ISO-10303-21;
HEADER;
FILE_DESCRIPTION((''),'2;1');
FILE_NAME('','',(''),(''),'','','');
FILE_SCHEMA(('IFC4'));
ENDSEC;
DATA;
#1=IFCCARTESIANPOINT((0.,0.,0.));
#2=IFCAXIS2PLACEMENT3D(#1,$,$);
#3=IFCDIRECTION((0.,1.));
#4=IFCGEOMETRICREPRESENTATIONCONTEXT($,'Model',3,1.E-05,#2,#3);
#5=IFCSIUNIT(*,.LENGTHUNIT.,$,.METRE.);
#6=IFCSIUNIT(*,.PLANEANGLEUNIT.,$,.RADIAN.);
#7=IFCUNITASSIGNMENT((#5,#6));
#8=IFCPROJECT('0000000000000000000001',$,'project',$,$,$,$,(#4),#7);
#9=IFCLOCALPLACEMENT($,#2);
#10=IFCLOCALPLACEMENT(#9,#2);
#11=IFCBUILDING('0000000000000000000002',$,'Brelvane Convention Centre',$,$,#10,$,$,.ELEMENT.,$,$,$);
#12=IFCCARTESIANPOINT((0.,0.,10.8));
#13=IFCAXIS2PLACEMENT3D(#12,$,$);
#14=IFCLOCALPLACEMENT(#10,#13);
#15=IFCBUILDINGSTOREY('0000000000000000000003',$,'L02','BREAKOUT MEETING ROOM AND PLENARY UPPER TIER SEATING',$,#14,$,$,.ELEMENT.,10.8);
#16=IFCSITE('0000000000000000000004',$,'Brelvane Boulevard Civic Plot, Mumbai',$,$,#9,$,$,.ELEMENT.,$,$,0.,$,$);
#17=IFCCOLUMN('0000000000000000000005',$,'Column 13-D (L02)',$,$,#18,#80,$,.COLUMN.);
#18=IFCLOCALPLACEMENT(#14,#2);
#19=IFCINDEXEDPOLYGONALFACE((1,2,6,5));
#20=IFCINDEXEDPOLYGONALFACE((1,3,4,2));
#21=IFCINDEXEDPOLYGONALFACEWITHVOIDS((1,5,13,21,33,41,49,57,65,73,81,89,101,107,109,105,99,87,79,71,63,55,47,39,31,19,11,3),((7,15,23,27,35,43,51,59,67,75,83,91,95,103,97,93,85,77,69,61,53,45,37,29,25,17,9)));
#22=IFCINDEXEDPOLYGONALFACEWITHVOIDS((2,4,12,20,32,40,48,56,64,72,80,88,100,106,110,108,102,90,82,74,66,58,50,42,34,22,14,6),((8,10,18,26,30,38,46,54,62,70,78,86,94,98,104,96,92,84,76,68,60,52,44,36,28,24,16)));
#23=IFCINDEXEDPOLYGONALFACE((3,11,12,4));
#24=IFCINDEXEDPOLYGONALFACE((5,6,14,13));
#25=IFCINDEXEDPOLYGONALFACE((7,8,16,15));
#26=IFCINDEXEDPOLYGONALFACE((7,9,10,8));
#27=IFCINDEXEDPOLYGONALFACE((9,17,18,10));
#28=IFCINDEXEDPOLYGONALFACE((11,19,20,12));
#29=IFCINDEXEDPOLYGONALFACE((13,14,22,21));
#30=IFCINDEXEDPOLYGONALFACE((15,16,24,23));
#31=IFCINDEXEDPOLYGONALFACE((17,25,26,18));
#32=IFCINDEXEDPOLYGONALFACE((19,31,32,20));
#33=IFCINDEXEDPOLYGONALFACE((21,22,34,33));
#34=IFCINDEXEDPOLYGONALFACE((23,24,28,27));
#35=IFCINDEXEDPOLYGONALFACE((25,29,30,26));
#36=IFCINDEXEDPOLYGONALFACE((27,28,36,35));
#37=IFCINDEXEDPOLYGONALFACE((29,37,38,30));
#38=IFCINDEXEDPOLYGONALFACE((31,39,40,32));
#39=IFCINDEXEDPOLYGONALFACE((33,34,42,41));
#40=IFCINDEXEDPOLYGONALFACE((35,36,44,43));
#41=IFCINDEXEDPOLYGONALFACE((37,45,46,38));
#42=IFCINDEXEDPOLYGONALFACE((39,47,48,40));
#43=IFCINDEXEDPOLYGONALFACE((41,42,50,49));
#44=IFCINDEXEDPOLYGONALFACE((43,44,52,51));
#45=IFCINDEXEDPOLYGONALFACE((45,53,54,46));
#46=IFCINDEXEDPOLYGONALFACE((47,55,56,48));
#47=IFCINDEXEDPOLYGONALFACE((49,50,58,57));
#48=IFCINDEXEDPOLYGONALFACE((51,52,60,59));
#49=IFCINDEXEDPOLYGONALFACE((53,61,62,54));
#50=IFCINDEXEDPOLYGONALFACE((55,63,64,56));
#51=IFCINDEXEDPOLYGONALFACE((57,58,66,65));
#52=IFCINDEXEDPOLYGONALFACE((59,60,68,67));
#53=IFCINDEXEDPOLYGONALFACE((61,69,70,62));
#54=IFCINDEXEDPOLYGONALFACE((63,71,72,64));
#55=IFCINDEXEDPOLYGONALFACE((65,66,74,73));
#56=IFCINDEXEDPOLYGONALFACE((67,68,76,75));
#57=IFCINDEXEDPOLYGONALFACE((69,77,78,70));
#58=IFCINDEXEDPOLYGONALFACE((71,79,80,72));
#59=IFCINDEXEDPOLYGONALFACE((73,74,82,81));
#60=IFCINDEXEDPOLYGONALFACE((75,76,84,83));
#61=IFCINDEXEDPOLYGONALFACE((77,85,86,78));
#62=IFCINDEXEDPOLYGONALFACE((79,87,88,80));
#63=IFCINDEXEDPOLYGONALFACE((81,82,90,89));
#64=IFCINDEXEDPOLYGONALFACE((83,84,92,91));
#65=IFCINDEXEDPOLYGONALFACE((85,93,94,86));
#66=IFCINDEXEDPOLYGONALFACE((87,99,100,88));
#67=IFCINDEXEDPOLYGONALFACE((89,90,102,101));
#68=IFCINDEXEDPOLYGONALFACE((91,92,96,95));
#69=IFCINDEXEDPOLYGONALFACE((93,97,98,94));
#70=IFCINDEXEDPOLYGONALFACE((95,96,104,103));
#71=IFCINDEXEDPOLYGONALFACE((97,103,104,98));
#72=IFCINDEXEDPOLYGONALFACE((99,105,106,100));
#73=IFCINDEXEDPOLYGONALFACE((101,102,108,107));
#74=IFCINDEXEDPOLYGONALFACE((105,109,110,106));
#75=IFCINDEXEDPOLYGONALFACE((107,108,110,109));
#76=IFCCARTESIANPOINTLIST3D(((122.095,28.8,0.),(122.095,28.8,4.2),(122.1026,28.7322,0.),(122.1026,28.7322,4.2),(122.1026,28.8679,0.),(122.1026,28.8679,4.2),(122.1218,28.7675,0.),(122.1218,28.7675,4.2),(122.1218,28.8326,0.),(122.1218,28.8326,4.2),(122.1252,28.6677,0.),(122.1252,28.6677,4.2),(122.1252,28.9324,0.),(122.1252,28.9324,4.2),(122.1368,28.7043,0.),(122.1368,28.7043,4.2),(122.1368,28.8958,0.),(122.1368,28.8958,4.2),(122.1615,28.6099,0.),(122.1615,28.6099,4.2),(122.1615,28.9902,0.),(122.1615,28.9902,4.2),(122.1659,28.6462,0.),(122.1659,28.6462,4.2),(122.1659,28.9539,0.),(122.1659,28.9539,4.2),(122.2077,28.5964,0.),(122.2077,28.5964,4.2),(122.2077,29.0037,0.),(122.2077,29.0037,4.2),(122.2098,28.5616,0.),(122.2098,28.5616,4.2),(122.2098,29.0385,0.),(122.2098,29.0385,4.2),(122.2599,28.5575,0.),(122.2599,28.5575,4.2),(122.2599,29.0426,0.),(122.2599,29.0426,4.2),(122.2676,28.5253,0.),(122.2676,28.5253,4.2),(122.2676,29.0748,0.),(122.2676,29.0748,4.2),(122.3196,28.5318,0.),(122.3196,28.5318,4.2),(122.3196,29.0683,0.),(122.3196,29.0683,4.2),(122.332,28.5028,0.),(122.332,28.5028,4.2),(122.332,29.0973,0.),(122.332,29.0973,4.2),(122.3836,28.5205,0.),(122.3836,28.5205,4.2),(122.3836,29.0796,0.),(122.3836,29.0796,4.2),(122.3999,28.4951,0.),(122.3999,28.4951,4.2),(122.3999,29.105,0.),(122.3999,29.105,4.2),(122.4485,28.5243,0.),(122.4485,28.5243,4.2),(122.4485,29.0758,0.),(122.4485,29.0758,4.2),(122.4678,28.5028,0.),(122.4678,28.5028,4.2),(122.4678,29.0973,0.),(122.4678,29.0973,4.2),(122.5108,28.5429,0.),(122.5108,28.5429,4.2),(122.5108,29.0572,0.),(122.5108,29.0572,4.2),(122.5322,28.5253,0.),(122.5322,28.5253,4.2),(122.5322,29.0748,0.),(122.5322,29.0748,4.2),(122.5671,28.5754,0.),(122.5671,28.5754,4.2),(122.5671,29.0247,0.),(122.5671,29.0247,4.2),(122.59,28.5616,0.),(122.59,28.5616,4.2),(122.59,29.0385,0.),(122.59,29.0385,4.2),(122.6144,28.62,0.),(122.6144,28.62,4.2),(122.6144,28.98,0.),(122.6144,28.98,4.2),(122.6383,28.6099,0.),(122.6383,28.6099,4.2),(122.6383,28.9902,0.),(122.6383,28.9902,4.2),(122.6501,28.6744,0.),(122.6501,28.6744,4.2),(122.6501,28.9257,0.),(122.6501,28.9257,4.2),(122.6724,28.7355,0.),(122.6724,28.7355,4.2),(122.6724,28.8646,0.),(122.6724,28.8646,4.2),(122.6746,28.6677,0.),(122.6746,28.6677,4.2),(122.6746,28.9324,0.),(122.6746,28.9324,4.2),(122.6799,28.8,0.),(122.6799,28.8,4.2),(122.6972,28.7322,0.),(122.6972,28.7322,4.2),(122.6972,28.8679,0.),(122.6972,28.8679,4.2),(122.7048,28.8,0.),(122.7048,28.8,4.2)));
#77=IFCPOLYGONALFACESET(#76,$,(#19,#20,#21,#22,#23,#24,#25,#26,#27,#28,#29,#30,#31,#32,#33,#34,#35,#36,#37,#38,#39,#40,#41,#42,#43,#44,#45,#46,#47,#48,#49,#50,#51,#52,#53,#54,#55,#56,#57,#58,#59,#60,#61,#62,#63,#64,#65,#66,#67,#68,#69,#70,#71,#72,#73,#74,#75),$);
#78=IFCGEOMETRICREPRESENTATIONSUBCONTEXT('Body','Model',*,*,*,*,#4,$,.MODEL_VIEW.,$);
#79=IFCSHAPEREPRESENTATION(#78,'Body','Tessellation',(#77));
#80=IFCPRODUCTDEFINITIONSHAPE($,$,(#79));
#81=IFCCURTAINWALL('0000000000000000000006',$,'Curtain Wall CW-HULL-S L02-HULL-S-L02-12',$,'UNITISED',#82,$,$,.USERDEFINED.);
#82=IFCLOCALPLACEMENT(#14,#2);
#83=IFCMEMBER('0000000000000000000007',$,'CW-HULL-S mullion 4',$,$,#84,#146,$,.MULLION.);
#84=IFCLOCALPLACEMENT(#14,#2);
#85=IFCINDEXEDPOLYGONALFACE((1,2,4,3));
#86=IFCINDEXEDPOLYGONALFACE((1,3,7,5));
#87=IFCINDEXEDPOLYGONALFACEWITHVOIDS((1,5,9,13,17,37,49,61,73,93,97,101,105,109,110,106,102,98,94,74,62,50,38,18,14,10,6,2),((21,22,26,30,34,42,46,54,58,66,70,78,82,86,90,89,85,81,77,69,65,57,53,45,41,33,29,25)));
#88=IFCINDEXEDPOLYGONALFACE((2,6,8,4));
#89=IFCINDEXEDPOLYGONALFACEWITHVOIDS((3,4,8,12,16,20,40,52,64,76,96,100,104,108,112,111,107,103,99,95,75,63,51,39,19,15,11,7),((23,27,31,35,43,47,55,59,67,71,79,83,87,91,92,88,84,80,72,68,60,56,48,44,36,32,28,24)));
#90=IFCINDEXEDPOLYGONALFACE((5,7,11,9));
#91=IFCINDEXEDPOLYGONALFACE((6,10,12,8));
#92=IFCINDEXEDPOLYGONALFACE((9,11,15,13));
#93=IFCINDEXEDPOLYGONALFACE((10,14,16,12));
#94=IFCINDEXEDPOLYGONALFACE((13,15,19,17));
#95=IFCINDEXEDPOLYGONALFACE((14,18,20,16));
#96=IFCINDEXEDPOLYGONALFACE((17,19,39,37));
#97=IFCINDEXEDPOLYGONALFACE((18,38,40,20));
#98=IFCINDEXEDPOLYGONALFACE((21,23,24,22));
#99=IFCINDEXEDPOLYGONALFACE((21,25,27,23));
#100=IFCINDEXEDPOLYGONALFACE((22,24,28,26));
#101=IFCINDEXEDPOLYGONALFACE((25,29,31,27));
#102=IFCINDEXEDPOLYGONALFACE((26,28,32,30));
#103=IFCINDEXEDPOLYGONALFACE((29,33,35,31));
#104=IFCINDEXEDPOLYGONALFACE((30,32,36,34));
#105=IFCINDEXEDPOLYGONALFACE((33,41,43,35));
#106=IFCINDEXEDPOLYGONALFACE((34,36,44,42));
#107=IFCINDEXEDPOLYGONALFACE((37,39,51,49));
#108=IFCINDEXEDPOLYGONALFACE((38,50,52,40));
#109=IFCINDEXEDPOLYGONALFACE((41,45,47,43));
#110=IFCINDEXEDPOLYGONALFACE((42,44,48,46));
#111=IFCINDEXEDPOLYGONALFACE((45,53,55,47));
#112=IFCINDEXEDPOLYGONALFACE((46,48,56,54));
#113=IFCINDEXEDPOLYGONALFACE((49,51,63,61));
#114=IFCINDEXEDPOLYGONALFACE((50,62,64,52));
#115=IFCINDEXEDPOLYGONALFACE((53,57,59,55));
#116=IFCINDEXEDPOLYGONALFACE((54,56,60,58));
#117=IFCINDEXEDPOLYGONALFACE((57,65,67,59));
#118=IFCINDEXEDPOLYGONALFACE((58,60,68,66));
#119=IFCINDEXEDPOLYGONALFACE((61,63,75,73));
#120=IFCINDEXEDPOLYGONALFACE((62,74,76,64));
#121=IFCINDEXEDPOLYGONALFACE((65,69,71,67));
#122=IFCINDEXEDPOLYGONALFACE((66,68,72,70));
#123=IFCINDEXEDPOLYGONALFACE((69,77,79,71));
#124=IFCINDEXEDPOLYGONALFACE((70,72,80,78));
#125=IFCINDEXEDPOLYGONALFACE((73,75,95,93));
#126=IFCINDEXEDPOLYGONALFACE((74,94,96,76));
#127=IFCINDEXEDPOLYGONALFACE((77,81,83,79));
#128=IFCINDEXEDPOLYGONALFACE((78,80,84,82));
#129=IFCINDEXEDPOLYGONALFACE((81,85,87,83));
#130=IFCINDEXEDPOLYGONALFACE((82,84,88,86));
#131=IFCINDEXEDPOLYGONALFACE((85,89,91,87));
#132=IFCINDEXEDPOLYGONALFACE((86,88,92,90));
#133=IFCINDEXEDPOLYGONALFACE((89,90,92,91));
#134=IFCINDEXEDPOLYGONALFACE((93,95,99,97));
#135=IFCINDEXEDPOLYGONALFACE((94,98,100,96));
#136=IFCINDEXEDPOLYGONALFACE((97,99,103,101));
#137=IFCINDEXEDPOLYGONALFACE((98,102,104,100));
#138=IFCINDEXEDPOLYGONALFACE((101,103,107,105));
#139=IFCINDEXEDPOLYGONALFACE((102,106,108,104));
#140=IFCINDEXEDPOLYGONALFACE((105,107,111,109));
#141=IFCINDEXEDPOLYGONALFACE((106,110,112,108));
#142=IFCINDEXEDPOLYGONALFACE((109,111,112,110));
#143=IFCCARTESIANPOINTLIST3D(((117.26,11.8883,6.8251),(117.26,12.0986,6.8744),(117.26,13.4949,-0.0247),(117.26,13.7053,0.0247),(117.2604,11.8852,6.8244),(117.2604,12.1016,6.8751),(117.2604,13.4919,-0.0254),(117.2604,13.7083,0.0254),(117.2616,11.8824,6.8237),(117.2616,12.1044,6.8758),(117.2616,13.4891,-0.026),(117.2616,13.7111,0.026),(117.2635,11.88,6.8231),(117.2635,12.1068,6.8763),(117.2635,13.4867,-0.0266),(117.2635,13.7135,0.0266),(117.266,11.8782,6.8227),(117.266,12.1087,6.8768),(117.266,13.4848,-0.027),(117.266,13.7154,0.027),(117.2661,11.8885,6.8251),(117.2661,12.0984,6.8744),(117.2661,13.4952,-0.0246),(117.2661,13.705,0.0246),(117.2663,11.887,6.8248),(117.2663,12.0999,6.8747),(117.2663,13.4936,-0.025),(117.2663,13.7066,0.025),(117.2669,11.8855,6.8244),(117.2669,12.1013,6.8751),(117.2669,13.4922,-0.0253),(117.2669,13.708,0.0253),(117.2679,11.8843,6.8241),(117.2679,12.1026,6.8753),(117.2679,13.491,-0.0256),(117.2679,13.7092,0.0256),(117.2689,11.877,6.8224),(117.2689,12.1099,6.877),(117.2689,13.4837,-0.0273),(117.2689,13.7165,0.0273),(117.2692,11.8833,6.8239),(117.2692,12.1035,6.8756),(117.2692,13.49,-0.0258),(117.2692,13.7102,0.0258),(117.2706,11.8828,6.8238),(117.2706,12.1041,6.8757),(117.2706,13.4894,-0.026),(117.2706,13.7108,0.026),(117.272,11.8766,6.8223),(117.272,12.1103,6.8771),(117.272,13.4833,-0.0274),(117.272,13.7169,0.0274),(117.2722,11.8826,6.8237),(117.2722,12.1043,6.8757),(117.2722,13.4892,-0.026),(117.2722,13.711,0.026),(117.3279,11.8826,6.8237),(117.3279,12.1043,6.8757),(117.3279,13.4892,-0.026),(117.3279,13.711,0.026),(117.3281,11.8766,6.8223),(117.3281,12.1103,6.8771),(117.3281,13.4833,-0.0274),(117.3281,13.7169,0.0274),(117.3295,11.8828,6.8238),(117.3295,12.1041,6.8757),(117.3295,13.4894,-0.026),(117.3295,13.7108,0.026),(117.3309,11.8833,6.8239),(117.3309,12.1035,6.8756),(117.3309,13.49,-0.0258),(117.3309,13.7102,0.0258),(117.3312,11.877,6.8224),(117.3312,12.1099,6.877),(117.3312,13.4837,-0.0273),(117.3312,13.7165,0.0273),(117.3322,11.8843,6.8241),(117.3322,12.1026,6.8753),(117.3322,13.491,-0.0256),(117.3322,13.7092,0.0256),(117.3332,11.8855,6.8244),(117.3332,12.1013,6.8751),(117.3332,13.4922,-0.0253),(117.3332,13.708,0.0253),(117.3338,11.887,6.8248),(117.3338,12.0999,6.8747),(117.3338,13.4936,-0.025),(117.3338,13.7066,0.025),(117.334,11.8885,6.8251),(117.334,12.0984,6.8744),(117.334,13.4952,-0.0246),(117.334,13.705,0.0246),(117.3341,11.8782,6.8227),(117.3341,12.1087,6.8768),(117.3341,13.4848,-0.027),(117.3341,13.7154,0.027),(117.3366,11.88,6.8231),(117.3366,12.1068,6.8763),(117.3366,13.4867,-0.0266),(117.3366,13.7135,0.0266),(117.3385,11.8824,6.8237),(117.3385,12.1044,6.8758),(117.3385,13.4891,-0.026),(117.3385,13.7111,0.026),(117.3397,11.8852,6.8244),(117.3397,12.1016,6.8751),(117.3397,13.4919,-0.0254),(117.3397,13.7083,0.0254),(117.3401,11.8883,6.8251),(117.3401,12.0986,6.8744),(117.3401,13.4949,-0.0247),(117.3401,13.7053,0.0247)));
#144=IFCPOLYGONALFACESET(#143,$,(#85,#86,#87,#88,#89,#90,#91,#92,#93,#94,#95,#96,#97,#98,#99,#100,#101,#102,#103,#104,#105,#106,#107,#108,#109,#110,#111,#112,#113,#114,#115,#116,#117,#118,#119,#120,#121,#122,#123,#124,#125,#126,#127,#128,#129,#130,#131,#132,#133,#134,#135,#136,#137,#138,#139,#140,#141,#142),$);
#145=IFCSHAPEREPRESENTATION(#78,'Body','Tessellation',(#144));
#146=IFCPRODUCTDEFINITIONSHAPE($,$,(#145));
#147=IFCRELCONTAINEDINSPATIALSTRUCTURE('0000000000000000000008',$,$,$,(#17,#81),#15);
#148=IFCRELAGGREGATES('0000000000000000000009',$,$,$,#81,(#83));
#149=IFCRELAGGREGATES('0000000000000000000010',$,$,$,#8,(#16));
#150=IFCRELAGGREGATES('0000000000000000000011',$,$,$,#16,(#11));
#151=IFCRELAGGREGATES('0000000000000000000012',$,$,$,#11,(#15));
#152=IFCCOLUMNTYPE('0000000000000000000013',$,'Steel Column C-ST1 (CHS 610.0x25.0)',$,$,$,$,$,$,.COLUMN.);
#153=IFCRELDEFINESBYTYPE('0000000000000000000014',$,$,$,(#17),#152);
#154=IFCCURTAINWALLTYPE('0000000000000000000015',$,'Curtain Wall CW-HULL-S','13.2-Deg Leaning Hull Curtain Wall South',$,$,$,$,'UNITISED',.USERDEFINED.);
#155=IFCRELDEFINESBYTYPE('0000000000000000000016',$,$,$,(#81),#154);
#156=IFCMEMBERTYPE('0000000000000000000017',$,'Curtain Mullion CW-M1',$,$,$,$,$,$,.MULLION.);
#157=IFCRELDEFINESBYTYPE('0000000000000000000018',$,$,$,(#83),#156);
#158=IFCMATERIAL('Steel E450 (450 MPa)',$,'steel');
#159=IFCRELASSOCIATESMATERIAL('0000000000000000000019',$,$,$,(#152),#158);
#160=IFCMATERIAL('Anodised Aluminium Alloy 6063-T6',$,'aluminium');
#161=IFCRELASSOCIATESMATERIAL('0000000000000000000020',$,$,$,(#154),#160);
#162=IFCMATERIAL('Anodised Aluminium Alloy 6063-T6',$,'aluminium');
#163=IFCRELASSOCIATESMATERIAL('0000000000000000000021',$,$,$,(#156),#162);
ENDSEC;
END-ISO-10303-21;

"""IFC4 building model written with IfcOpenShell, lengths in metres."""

from ifc_helpers import new_model, si_unit, direction, frame, origin, origin_2d, place, context, subcontext, project, spatial, hollow_rectangle, hollow_circle, extrude, material, material_profile, profile_set, type_object, element, aggregate, save


model = new_model("IFC4")

# Units and contexts
model_context = context("Model", 3, precision=1e-05, world=origin(), true_north=direction((0.0, 1.0)))
body_context = subcontext(model_context, "Body", "Model", "MODEL_VIEW")
ifc_project = project(units=[si_unit("LENGTHUNIT", "METRE"), si_unit("PLANEANGLEUNIT", "RADIAN")], contexts=[model_context])

# Site, building, storey
site_placement = place(None, origin())
site = spatial("IfcSite", under=ifc_project, at=site_placement, Name="Brelvane Boulevard Civic Plot, Mumbai", CompositionType="ELEMENT", RefElevation=0.0)
building_placement = place(site_placement, origin())
building = spatial("IfcBuilding", under=site, at=building_placement, Name="Brelvane Convention Centre", CompositionType="ELEMENT")
storey_placement = place(building_placement, frame((0.0, 0.0, 10.8)))
storey = spatial("IfcBuildingStorey", under=building, at=storey_placement, Name="L02", Description="BREAKOUT MEETING ROOM AND PLENARY UPPER TIER SEATING", CompositionType="ELEMENT", Elevation=10.8)

# Column
ifc_material_1 = material(Name="Steel E450 (450 MPa)", Category="steel")
ifc_material_profile_1 = material_profile(ifc_material_1, hollow_circle(Radius=0.3049, WallThickness=0.0249, at=origin_2d()), Name="CHS 610.0x25.0")
ifc_profile_set_1 = profile_set([ifc_material_profile_1], Name="Steel E450 (450 MPa)")
column_type = type_object("IfcColumnType", Name="Steel Column C-ST1 (CHS 610.0x25.0)", PredefinedType="COLUMN", material=ifc_profile_set_1)
column_placement = place(storey_placement, frame((122.3999, 28.8, 0.0), z_axis=(0.0, 0.0, 1.0), x_axis=(1.0, 0.0, 0.0)))
element("IfcColumn", 1, at=column_placement, inside=storey, type_object=column_type, Name="Column 13-D (L02)", PredefinedType="COLUMN", context=body_context, shape_type="SweptSolid", body=[
    extrude(hollow_circle(Radius=0.3049, WallThickness=0.0249, at=origin_2d()), origin(), (0.0, 0.0, 1.0), 4.2),
])

# Curtain wall, member
ifc_material_2 = material(Name="Anodised Aluminium Alloy 6063-T6", Category="aluminium")
curtain_wall_type = type_object("IfcCurtainWallType", Name="Curtain Wall CW-HULL-S", Description="13.2-Deg Leaning Hull Curtain Wall South", ElementType="UNITISED", PredefinedType="USERDEFINED", material=ifc_material_2)
curtain_wall_1_placement = place(storey_placement, origin())
curtain_wall_1 = element("IfcCurtainWall", 2, at=curtain_wall_1_placement, inside=storey, type_object=curtain_wall_type, Name="Curtain Wall CW-HULL-S L02-HULL-S-L02-12", ObjectType="UNITISED", PredefinedType="USERDEFINED")
ifc_material_3 = material(Name="Anodised Aluminium Alloy 6063-T6", Category="aluminium")
ifc_material_profile_2 = material_profile(ifc_material_3, hollow_rectangle(XDim=0.0801, YDim=0.24, WallThickness=0.0061, InnerFilletRadius=0.0061, OuterFilletRadius=0.012, at=origin_2d()), Name="ALU-M 240x80x6.0")
ifc_profile_set_2 = profile_set([ifc_material_profile_2], Name="Anodised Aluminium Alloy 6063-T6")
member_type_1 = type_object("IfcMemberType", Name="Curtain Mullion CW-M1", PredefinedType="MULLION", material=ifc_profile_set_2)
member_1_placement = place(storey_placement, frame((117.3, 13.6001, 0.0), z_axis=(0.0, -0.22836, 0.973577), x_axis=(1.0, 0.0, 0.0)))
member_1 = element("IfcMember", 3, at=member_1_placement, type_object=member_type_1, Name="CW-HULL-S mullion 4", PredefinedType="MULLION", context=body_context, shape_type="SweptSolid", body=[
    extrude(hollow_rectangle(XDim=0.0801, YDim=0.24, WallThickness=0.0061, InnerFilletRadius=0.0061, OuterFilletRadius=0.012, at=origin_2d()), origin(), (0.0, 0.0, 1.0), 7.0356),
])

aggregate(curtain_wall_1, [member_1])

save(model, "model.ifc")
